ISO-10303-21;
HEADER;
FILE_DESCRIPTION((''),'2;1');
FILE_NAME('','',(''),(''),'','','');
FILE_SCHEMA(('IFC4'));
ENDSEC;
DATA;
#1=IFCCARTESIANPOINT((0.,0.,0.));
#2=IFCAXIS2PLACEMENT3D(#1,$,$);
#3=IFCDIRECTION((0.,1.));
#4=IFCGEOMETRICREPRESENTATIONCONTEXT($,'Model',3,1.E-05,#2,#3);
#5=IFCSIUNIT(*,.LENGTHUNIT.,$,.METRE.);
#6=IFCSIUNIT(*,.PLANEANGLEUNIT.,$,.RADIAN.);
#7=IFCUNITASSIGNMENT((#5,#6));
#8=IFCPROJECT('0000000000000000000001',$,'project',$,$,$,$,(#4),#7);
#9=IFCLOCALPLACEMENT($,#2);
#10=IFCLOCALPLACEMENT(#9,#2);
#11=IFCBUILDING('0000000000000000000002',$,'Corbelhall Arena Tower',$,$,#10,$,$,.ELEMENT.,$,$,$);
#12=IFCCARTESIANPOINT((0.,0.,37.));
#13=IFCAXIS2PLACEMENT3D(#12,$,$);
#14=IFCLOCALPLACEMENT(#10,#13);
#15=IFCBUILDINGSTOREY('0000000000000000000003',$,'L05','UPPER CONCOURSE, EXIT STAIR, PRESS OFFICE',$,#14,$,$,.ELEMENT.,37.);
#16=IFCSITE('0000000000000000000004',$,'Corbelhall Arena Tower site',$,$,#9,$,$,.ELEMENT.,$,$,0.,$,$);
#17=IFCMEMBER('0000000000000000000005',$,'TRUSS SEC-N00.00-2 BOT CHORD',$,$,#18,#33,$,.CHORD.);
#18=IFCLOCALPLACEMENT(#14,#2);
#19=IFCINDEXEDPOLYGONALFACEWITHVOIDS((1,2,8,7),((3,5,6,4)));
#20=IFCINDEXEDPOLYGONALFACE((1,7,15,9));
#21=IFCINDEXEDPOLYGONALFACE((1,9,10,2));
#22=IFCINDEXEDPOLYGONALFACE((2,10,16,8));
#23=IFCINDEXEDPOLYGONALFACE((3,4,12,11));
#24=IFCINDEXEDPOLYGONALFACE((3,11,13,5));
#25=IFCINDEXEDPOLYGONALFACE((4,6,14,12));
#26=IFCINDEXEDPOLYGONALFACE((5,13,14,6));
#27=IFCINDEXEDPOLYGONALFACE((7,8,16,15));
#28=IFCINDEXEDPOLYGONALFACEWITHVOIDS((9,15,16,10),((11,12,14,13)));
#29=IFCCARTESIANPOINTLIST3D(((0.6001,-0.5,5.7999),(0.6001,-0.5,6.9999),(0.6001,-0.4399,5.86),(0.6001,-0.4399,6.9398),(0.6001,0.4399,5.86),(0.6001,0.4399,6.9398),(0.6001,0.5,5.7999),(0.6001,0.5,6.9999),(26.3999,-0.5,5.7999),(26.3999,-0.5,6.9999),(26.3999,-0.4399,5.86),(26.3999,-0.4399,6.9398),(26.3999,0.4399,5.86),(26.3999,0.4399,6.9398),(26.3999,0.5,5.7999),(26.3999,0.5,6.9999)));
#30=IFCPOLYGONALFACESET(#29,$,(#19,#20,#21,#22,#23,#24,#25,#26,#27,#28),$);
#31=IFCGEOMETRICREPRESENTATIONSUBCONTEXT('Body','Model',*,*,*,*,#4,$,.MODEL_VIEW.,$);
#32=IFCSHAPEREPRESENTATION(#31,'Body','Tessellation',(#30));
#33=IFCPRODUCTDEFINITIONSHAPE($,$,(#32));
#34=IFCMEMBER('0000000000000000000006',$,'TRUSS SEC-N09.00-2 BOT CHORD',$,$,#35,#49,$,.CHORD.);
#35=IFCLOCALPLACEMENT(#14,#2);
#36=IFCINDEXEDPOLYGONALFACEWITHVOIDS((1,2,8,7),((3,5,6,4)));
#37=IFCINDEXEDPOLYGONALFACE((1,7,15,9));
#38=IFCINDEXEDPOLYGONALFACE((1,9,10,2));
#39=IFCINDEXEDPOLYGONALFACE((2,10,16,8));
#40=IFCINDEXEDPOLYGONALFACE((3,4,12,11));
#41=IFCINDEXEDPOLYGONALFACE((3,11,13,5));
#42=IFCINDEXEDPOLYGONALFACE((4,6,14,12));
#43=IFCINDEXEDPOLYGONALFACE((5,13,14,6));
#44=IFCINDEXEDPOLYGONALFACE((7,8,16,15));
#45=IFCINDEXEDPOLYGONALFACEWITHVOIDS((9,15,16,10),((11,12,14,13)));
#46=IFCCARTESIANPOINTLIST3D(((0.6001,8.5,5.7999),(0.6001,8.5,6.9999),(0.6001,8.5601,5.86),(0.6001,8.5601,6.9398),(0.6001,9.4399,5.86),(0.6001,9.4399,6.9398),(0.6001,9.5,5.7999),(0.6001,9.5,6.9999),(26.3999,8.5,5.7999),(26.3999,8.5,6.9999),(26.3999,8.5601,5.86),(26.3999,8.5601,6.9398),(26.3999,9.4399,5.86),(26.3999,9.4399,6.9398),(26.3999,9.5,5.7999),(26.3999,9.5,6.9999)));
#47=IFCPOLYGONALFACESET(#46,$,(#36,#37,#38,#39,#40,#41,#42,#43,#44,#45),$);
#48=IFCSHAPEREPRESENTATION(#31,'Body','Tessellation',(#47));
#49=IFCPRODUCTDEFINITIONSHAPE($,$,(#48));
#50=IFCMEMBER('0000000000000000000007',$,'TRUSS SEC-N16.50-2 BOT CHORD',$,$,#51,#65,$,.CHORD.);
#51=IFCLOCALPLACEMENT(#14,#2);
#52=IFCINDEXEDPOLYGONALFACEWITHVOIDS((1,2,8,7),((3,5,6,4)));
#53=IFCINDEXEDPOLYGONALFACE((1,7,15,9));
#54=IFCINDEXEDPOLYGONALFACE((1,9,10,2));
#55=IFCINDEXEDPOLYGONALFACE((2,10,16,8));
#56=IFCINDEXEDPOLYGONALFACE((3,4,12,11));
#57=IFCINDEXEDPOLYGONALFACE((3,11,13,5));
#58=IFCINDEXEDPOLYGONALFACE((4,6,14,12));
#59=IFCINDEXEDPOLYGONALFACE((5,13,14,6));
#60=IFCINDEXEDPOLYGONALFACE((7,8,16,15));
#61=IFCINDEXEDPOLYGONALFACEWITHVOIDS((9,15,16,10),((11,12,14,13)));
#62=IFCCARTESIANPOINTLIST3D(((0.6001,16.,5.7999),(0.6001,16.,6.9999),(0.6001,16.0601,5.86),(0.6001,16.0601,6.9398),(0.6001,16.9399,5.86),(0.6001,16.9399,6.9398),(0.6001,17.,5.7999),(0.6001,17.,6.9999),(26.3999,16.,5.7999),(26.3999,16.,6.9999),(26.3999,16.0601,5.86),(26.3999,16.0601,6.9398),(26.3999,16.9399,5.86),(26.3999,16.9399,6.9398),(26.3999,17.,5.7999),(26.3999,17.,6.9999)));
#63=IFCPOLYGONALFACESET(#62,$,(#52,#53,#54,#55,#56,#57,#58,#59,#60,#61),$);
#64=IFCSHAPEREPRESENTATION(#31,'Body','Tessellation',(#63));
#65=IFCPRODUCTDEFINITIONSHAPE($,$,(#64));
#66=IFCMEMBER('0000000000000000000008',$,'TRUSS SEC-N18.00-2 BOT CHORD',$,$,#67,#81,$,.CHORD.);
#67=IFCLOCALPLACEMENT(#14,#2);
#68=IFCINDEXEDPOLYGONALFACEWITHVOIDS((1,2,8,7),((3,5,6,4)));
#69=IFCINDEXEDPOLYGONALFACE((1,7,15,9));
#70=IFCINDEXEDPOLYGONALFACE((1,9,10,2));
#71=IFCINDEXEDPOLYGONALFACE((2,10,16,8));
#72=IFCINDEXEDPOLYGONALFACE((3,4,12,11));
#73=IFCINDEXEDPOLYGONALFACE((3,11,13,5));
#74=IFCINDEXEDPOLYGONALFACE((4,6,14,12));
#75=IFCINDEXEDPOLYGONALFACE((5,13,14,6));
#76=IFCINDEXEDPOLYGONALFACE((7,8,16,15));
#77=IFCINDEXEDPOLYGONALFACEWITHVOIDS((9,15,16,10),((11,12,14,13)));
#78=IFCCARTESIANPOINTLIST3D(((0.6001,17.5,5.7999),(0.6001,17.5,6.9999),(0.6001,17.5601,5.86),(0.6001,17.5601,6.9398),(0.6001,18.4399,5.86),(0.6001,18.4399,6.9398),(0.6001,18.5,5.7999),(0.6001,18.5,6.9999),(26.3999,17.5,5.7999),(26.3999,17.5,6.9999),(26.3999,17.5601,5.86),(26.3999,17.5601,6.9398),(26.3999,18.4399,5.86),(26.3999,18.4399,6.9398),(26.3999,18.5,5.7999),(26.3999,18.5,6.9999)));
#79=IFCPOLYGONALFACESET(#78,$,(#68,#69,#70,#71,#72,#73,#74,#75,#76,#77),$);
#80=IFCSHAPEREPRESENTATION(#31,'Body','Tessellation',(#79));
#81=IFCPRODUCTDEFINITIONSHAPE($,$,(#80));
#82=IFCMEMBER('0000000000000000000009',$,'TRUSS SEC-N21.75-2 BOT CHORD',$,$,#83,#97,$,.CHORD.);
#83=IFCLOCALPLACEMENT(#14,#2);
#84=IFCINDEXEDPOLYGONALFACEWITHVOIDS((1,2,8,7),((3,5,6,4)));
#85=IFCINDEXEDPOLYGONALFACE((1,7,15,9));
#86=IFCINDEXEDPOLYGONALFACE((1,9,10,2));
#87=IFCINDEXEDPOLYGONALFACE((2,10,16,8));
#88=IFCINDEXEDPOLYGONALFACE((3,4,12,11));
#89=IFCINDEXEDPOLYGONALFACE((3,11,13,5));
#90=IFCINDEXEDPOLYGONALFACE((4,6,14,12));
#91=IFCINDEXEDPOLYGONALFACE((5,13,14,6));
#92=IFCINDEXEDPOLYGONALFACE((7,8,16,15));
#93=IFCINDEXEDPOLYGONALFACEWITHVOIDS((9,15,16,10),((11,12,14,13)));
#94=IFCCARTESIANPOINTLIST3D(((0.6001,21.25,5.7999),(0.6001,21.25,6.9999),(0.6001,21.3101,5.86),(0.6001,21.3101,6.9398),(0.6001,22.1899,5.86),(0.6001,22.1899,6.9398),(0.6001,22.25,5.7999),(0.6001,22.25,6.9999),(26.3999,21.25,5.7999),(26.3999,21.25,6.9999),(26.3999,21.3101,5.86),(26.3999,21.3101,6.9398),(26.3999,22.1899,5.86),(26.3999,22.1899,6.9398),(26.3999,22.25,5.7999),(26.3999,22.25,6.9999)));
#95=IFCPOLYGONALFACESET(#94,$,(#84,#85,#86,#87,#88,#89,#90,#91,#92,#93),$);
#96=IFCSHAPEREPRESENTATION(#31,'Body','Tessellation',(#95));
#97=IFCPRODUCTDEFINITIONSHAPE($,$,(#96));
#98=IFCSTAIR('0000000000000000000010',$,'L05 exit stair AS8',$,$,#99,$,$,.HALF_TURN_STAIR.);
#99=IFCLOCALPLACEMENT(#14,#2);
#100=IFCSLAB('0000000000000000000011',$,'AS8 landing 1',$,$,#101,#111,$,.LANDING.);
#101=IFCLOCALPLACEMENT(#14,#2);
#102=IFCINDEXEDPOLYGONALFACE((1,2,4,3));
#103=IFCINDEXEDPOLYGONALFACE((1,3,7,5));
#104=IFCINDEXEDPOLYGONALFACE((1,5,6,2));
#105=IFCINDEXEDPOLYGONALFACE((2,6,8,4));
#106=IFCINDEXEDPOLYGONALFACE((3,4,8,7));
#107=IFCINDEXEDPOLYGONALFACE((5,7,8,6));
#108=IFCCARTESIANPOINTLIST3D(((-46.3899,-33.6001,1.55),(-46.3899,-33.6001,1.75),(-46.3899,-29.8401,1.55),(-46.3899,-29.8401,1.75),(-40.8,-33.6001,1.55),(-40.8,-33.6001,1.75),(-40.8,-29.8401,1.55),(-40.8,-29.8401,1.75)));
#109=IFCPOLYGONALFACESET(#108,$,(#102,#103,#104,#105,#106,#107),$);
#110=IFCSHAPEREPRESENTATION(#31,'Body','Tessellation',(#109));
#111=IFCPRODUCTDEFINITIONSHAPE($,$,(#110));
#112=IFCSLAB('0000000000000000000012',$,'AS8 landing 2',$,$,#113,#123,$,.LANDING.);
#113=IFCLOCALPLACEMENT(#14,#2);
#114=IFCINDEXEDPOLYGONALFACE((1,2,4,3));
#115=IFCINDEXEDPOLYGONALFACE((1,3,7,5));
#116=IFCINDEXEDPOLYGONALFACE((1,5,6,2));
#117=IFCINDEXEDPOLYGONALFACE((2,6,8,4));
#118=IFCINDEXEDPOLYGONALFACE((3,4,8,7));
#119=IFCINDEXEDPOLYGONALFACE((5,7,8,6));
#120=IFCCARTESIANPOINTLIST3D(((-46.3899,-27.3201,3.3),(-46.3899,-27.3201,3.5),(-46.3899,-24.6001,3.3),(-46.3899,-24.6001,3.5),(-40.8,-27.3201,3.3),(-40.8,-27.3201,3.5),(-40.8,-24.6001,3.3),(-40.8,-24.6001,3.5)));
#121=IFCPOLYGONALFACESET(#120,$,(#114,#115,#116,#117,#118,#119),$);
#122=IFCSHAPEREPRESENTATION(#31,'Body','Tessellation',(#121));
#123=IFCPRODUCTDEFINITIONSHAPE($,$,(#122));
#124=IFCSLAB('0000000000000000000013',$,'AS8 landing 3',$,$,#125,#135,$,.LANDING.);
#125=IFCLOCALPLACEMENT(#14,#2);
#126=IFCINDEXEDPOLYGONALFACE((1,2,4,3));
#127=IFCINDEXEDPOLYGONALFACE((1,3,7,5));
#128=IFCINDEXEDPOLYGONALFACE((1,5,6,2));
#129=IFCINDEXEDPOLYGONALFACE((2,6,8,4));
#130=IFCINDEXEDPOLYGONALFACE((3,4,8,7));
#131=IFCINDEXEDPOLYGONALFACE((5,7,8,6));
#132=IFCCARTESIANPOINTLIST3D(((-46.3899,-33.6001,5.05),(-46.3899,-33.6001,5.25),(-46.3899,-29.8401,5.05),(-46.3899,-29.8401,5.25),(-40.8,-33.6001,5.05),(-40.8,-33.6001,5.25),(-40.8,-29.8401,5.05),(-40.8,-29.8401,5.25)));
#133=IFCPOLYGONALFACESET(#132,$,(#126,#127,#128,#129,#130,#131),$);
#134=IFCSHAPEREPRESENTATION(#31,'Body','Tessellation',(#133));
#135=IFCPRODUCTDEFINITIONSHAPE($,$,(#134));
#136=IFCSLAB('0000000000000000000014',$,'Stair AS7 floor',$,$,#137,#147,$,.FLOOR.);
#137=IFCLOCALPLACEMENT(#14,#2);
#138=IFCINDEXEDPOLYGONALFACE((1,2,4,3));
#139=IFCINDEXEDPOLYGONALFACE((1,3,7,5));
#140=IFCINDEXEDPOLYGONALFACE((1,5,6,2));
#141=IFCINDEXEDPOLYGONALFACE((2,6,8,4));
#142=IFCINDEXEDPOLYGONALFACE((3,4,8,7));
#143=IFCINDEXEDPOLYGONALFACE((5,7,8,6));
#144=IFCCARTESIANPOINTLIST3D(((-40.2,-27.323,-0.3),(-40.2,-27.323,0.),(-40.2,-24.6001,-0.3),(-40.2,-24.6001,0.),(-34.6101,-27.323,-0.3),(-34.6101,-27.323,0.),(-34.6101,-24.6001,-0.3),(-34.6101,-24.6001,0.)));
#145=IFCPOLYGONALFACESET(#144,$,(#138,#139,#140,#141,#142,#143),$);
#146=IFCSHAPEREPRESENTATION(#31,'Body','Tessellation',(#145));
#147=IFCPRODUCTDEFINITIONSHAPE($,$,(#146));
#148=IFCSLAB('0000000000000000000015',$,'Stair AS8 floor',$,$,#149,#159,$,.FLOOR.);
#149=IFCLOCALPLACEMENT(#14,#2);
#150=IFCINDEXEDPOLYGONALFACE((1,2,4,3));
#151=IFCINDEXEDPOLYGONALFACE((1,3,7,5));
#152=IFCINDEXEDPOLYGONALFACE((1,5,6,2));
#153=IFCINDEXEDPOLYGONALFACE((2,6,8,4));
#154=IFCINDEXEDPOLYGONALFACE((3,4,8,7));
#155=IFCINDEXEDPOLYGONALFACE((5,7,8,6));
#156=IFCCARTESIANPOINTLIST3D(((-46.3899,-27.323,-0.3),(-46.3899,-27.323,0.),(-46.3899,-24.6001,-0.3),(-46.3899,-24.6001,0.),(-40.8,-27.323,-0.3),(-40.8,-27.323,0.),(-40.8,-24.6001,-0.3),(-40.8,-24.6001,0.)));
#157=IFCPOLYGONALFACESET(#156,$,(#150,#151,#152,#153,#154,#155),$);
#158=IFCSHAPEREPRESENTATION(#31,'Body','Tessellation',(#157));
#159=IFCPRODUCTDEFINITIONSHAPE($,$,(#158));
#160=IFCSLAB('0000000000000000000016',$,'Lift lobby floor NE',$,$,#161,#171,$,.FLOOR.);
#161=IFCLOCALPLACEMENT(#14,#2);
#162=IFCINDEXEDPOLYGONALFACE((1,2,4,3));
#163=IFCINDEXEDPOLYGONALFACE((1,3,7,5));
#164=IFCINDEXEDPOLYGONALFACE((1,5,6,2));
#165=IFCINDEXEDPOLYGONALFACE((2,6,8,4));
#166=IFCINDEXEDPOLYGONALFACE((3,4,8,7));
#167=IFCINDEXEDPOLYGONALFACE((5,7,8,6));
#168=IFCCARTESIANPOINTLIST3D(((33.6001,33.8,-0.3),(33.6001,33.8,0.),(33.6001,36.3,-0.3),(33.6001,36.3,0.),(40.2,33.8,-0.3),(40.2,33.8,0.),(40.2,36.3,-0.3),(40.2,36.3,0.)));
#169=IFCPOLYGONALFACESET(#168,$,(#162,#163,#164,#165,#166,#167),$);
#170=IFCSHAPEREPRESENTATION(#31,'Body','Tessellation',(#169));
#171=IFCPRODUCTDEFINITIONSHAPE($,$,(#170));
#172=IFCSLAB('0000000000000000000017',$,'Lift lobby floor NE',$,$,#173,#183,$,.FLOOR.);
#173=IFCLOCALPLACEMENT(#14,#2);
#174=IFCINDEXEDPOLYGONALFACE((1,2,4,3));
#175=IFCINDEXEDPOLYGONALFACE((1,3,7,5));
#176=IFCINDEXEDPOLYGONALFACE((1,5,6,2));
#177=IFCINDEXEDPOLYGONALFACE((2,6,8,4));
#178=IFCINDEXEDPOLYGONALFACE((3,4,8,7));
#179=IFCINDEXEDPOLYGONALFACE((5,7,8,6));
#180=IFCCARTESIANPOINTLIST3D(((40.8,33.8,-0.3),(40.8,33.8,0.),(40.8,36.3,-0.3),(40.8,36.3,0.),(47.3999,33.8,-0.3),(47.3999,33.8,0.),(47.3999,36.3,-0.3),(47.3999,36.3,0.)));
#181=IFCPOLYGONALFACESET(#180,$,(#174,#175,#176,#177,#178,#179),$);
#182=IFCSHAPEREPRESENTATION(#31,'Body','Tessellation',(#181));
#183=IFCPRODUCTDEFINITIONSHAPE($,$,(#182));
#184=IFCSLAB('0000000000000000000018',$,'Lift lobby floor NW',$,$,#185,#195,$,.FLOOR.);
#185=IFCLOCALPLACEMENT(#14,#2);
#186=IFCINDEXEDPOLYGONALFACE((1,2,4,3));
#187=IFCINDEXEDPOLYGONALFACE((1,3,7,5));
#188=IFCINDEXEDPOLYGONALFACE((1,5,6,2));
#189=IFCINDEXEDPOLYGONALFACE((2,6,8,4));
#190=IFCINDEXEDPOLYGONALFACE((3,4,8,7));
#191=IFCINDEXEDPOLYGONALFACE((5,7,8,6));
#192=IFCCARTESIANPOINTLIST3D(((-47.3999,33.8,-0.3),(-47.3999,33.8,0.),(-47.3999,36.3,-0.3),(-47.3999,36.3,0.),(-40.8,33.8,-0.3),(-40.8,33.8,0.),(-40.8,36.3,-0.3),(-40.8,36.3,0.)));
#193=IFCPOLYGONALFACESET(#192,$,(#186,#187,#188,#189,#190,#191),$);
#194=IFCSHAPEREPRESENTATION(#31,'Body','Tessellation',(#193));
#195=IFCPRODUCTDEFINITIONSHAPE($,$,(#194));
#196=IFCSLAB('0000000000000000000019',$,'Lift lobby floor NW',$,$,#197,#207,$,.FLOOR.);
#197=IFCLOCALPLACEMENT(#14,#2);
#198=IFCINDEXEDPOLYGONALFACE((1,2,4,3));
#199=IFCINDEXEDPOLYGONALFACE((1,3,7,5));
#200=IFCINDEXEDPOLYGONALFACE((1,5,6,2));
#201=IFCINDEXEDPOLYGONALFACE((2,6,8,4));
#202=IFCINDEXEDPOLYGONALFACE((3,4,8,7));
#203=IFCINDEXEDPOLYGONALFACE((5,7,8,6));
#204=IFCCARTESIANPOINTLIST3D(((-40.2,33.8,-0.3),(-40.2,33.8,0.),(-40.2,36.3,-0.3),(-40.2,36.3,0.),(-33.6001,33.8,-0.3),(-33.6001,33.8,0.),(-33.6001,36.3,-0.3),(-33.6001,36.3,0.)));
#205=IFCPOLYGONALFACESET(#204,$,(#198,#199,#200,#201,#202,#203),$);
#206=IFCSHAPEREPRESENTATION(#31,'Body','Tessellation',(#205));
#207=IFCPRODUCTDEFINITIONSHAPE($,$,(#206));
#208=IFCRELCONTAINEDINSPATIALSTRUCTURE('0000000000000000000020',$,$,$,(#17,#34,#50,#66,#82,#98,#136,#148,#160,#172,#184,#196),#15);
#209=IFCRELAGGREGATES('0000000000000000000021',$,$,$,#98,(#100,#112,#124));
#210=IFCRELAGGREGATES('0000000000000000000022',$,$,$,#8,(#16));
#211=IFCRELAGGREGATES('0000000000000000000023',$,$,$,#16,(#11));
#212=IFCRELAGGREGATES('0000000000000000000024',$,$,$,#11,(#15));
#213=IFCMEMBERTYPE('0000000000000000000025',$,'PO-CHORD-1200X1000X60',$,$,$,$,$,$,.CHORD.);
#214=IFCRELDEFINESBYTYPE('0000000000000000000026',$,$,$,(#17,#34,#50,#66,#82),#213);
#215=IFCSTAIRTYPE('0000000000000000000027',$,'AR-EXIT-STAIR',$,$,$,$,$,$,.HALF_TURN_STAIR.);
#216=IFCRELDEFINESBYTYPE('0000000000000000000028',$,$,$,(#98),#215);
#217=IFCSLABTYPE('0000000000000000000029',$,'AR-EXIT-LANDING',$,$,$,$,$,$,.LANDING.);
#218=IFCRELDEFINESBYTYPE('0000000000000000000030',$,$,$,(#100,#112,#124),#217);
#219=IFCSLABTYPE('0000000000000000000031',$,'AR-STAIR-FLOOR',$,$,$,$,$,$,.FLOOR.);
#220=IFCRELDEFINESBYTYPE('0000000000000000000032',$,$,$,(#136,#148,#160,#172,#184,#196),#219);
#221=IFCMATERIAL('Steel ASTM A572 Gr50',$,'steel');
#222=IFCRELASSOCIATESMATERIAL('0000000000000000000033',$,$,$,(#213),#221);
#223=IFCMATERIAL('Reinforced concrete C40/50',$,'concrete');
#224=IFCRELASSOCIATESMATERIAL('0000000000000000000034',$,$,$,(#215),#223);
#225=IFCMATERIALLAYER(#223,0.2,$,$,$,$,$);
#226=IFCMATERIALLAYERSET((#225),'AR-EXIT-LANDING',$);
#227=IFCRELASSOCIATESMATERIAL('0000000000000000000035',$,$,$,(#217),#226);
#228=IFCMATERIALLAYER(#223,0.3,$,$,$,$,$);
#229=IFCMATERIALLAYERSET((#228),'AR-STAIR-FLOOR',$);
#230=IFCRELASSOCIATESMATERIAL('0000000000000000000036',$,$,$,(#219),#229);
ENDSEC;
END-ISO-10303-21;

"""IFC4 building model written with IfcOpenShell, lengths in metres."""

from ifc_helpers import new_model, si_unit, direction, frame, origin, origin_2d, place, context, subcontext, project, spatial, polyline, hollow_rectangle, outline, extrude, material, layer, layer_set, material_profile, profile_set, type_object, element, aggregate, save


model = new_model("IFC4")

# Units and contexts
model_context = context("Model", 3, precision=1e-05, world=origin(), true_north=direction((0.0, 1.0)))
body_context = subcontext(model_context, "Body", "Model", "MODEL_VIEW")
ifc_project = project(units=[si_unit("LENGTHUNIT", "METRE"), si_unit("PLANEANGLEUNIT", "RADIAN")], contexts=[model_context])

# Site, building, storey
site_placement = place(None, origin())
site = spatial("IfcSite", under=ifc_project, at=site_placement, Name="Corbelhall Arena Tower site", CompositionType="ELEMENT", RefElevation=0.0)
building_placement = place(site_placement, origin())
building = spatial("IfcBuilding", under=site, at=building_placement, Name="Corbelhall Arena Tower", CompositionType="ELEMENT")
storey_placement = place(building_placement, frame((0.0, 0.0, 37.0)))
storey = spatial("IfcBuildingStorey", under=building, at=storey_placement, Name="L05", Description="UPPER CONCOURSE, EXIT STAIR, PRESS OFFICE", CompositionType="ELEMENT", Elevation=37.0)

# Members
ifc_material_1 = material(Name="Steel ASTM A572 Gr50", Category="steel")
ifc_material_profile = material_profile(ifc_material_1, hollow_rectangle(XDim=1.0, YDim=1.2, WallThickness=0.0601, at=origin_2d()))
ifc_profile_set = profile_set([ifc_material_profile], Name="Steel ASTM A572 Gr50")
member_type = type_object("IfcMemberType", Name="PO-CHORD-1200X1000X60", PredefinedType="CHORD", material=ifc_profile_set)
for number, where, z_axis, x_axis, name in (
    (1, (0.6001, 0.0, 6.3999), (1.0, 0.0, 0.0), (0.0, 1.0, 0.0), "TRUSS SEC-N00.00-2 BOT CHORD"),
    (2, (0.6001, 9.0, 6.3999), (1.0, 0.0, 0.0), (0.0, 1.0, 0.0), "TRUSS SEC-N09.00-2 BOT CHORD"),
    (3, (0.6001, 16.5, 6.3999), (1.0, 0.0, 0.0), (0.0, 1.0, 0.0), "TRUSS SEC-N16.50-2 BOT CHORD"),
    (4, (0.6001, 18.0, 6.3999), (1.0, 0.0, 0.0), (0.0, 1.0, 0.0), "TRUSS SEC-N18.00-2 BOT CHORD"),
    (5, (0.6001, 21.75, 6.3999), (1.0, 0.0, 0.0), (0.0, 1.0, 0.0), "TRUSS SEC-N21.75-2 BOT CHORD"),
):
    element("IfcMember", number, at=place(storey_placement, frame(where, z_axis=z_axis, x_axis=x_axis)), inside=storey, type_object=member_type, Name=name, PredefinedType="CHORD", context=body_context, shape_type="SweptSolid", body=[
        extrude(hollow_rectangle(XDim=1.0, YDim=1.2, WallThickness=0.0601, at=origin_2d()), origin(), (0.0, 0.0, 1.0), 25.7998),
    ])

# Stair, slabs
ifc_material_2 = material(Name="Reinforced concrete C40/50", Category="concrete")
stair_type = type_object("IfcStairType", Name="AR-EXIT-STAIR", PredefinedType="HALF_TURN_STAIR", material=ifc_material_2)
stair_placement = place(storey_placement, origin())
stair = element("IfcStair", 6, at=stair_placement, inside=storey, type_object=stair_type, Name="L05 exit stair AS8", PredefinedType="HALF_TURN_STAIR")
ifc_layer_1 = layer(ifc_material_2, 0.2)
ifc_layer_set_1 = layer_set([ifc_layer_1], Name="AR-EXIT-LANDING")
slab_type_1 = type_object("IfcSlabType", Name="AR-EXIT-LANDING", PredefinedType="LANDING", material=ifc_layer_set_1)
slab_1_placement = place(storey_placement, frame((0.0, 0.0, 1.55)))
slab_1 = element("IfcSlab", 7, at=slab_1_placement, type_object=slab_type_1, Name="AS8 landing 1", PredefinedType="LANDING", context=body_context, shape_type="SweptSolid", body=[
    extrude(outline(polyline([(-46.3899, -29.8401), (-46.3899, -33.6001), (-40.8, -33.6001), (-40.8, -29.8401), (-46.3899, -29.8401)])), origin(), (0.0, 0.0, 1.0), 0.2),
])
slab_2_placement = place(storey_placement, frame((0.0, 0.0, 3.3)))
slab_2 = element("IfcSlab", 8, at=slab_2_placement, type_object=slab_type_1, Name="AS8 landing 2", PredefinedType="LANDING", context=body_context, shape_type="SweptSolid", body=[
    extrude(outline(polyline([(-46.3899, -24.6001), (-46.3899, -27.3201), (-40.8, -27.3201), (-40.8, -24.6001), (-46.3899, -24.6001)])), origin(), (0.0, 0.0, 1.0), 0.2),
])
slab_3_placement = place(storey_placement, frame((0.0, 0.0, 5.05)))
slab_3 = element("IfcSlab", 9, at=slab_3_placement, type_object=slab_type_1, Name="AS8 landing 3", PredefinedType="LANDING", context=body_context, shape_type="SweptSolid", body=[
    extrude(outline(polyline([(-46.3899, -29.8401), (-46.3899, -33.6001), (-40.8, -33.6001), (-40.8, -29.8401), (-46.3899, -29.8401)])), origin(), (0.0, 0.0, 1.0), 0.2),
])
aggregate(stair, [slab_1, slab_2, slab_3])

# Slabs
ifc_layer_2 = layer(ifc_material_2, 0.3)
ifc_layer_set_2 = layer_set([ifc_layer_2], Name="AR-STAIR-FLOOR")
slab_type_2 = type_object("IfcSlabType", Name="AR-STAIR-FLOOR", PredefinedType="FLOOR", material=ifc_layer_set_2)
slab_4_placement = place(storey_placement, frame((0.0, 0.0, -0.3)))
element("IfcSlab", 10, at=slab_4_placement, inside=storey, type_object=slab_type_2, Name="Stair AS7 floor", PredefinedType="FLOOR", context=body_context, shape_type="SweptSolid", body=[
    extrude(outline(polyline([(-40.2, -24.6001), (-34.6101, -24.6001), (-34.6101, -27.323), (-40.2, -27.323), (-40.2, -24.6001)])), origin(), (0.0, 0.0, 1.0), 0.3),
])
slab_5_placement = place(storey_placement, frame((0.0, 0.0, -0.3)))
element("IfcSlab", 11, at=slab_5_placement, inside=storey, type_object=slab_type_2, Name="Stair AS8 floor", PredefinedType="FLOOR", context=body_context, shape_type="SweptSolid", body=[
    extrude(outline(polyline([(-46.3899, -24.6001), (-40.8, -24.6001), (-40.8, -27.323), (-46.3899, -27.323), (-46.3899, -24.6001)])), origin(), (0.0, 0.0, 1.0), 0.3),
])
slab_6_placement = place(storey_placement, frame((0.0, 0.0, -0.3)))
element("IfcSlab", 12, at=slab_6_placement, inside=storey, type_object=slab_type_2, Name="Lift lobby floor NE", PredefinedType="FLOOR", context=body_context, shape_type="SweptSolid", body=[
    extrude(outline(polyline([(40.2, 33.8), (40.2, 36.3), (33.6001, 36.3), (33.6001, 33.8), (40.2, 33.8)])), origin(), (0.0, 0.0, 1.0), 0.3),
])
slab_7_placement = place(storey_placement, frame((0.0, 0.0, -0.3)))
element("IfcSlab", 13, at=slab_7_placement, inside=storey, type_object=slab_type_2, Name="Lift lobby floor NE", PredefinedType="FLOOR", context=body_context, shape_type="SweptSolid", body=[
    extrude(outline(polyline([(47.3999, 33.8), (47.3999, 36.3), (40.8, 36.3), (40.8, 33.8), (47.3999, 33.8)])), origin(), (0.0, 0.0, 1.0), 0.3),
])
slab_8_placement = place(storey_placement, frame((0.0, 0.0, -0.3)))
element("IfcSlab", 14, at=slab_8_placement, inside=storey, type_object=slab_type_2, Name="Lift lobby floor NW", PredefinedType="FLOOR", context=body_context, shape_type="SweptSolid", body=[
    extrude(outline(polyline([(-40.8, 33.8), (-40.8, 36.3), (-47.3999, 36.3), (-47.3999, 33.8), (-40.8, 33.8)])), origin(), (0.0, 0.0, 1.0), 0.3),
])
slab_9_placement = place(storey_placement, frame((0.0, 0.0, -0.3)))
element("IfcSlab", 15, at=slab_9_placement, inside=storey, type_object=slab_type_2, Name="Lift lobby floor NW", PredefinedType="FLOOR", context=body_context, shape_type="SweptSolid", body=[
    extrude(outline(polyline([(-33.6001, 33.8), (-33.6001, 36.3), (-40.2, 36.3), (-40.2, 33.8), (-33.6001, 33.8)])), origin(), (0.0, 0.0, 1.0), 0.3),
])

save(model, "model.ifc")
